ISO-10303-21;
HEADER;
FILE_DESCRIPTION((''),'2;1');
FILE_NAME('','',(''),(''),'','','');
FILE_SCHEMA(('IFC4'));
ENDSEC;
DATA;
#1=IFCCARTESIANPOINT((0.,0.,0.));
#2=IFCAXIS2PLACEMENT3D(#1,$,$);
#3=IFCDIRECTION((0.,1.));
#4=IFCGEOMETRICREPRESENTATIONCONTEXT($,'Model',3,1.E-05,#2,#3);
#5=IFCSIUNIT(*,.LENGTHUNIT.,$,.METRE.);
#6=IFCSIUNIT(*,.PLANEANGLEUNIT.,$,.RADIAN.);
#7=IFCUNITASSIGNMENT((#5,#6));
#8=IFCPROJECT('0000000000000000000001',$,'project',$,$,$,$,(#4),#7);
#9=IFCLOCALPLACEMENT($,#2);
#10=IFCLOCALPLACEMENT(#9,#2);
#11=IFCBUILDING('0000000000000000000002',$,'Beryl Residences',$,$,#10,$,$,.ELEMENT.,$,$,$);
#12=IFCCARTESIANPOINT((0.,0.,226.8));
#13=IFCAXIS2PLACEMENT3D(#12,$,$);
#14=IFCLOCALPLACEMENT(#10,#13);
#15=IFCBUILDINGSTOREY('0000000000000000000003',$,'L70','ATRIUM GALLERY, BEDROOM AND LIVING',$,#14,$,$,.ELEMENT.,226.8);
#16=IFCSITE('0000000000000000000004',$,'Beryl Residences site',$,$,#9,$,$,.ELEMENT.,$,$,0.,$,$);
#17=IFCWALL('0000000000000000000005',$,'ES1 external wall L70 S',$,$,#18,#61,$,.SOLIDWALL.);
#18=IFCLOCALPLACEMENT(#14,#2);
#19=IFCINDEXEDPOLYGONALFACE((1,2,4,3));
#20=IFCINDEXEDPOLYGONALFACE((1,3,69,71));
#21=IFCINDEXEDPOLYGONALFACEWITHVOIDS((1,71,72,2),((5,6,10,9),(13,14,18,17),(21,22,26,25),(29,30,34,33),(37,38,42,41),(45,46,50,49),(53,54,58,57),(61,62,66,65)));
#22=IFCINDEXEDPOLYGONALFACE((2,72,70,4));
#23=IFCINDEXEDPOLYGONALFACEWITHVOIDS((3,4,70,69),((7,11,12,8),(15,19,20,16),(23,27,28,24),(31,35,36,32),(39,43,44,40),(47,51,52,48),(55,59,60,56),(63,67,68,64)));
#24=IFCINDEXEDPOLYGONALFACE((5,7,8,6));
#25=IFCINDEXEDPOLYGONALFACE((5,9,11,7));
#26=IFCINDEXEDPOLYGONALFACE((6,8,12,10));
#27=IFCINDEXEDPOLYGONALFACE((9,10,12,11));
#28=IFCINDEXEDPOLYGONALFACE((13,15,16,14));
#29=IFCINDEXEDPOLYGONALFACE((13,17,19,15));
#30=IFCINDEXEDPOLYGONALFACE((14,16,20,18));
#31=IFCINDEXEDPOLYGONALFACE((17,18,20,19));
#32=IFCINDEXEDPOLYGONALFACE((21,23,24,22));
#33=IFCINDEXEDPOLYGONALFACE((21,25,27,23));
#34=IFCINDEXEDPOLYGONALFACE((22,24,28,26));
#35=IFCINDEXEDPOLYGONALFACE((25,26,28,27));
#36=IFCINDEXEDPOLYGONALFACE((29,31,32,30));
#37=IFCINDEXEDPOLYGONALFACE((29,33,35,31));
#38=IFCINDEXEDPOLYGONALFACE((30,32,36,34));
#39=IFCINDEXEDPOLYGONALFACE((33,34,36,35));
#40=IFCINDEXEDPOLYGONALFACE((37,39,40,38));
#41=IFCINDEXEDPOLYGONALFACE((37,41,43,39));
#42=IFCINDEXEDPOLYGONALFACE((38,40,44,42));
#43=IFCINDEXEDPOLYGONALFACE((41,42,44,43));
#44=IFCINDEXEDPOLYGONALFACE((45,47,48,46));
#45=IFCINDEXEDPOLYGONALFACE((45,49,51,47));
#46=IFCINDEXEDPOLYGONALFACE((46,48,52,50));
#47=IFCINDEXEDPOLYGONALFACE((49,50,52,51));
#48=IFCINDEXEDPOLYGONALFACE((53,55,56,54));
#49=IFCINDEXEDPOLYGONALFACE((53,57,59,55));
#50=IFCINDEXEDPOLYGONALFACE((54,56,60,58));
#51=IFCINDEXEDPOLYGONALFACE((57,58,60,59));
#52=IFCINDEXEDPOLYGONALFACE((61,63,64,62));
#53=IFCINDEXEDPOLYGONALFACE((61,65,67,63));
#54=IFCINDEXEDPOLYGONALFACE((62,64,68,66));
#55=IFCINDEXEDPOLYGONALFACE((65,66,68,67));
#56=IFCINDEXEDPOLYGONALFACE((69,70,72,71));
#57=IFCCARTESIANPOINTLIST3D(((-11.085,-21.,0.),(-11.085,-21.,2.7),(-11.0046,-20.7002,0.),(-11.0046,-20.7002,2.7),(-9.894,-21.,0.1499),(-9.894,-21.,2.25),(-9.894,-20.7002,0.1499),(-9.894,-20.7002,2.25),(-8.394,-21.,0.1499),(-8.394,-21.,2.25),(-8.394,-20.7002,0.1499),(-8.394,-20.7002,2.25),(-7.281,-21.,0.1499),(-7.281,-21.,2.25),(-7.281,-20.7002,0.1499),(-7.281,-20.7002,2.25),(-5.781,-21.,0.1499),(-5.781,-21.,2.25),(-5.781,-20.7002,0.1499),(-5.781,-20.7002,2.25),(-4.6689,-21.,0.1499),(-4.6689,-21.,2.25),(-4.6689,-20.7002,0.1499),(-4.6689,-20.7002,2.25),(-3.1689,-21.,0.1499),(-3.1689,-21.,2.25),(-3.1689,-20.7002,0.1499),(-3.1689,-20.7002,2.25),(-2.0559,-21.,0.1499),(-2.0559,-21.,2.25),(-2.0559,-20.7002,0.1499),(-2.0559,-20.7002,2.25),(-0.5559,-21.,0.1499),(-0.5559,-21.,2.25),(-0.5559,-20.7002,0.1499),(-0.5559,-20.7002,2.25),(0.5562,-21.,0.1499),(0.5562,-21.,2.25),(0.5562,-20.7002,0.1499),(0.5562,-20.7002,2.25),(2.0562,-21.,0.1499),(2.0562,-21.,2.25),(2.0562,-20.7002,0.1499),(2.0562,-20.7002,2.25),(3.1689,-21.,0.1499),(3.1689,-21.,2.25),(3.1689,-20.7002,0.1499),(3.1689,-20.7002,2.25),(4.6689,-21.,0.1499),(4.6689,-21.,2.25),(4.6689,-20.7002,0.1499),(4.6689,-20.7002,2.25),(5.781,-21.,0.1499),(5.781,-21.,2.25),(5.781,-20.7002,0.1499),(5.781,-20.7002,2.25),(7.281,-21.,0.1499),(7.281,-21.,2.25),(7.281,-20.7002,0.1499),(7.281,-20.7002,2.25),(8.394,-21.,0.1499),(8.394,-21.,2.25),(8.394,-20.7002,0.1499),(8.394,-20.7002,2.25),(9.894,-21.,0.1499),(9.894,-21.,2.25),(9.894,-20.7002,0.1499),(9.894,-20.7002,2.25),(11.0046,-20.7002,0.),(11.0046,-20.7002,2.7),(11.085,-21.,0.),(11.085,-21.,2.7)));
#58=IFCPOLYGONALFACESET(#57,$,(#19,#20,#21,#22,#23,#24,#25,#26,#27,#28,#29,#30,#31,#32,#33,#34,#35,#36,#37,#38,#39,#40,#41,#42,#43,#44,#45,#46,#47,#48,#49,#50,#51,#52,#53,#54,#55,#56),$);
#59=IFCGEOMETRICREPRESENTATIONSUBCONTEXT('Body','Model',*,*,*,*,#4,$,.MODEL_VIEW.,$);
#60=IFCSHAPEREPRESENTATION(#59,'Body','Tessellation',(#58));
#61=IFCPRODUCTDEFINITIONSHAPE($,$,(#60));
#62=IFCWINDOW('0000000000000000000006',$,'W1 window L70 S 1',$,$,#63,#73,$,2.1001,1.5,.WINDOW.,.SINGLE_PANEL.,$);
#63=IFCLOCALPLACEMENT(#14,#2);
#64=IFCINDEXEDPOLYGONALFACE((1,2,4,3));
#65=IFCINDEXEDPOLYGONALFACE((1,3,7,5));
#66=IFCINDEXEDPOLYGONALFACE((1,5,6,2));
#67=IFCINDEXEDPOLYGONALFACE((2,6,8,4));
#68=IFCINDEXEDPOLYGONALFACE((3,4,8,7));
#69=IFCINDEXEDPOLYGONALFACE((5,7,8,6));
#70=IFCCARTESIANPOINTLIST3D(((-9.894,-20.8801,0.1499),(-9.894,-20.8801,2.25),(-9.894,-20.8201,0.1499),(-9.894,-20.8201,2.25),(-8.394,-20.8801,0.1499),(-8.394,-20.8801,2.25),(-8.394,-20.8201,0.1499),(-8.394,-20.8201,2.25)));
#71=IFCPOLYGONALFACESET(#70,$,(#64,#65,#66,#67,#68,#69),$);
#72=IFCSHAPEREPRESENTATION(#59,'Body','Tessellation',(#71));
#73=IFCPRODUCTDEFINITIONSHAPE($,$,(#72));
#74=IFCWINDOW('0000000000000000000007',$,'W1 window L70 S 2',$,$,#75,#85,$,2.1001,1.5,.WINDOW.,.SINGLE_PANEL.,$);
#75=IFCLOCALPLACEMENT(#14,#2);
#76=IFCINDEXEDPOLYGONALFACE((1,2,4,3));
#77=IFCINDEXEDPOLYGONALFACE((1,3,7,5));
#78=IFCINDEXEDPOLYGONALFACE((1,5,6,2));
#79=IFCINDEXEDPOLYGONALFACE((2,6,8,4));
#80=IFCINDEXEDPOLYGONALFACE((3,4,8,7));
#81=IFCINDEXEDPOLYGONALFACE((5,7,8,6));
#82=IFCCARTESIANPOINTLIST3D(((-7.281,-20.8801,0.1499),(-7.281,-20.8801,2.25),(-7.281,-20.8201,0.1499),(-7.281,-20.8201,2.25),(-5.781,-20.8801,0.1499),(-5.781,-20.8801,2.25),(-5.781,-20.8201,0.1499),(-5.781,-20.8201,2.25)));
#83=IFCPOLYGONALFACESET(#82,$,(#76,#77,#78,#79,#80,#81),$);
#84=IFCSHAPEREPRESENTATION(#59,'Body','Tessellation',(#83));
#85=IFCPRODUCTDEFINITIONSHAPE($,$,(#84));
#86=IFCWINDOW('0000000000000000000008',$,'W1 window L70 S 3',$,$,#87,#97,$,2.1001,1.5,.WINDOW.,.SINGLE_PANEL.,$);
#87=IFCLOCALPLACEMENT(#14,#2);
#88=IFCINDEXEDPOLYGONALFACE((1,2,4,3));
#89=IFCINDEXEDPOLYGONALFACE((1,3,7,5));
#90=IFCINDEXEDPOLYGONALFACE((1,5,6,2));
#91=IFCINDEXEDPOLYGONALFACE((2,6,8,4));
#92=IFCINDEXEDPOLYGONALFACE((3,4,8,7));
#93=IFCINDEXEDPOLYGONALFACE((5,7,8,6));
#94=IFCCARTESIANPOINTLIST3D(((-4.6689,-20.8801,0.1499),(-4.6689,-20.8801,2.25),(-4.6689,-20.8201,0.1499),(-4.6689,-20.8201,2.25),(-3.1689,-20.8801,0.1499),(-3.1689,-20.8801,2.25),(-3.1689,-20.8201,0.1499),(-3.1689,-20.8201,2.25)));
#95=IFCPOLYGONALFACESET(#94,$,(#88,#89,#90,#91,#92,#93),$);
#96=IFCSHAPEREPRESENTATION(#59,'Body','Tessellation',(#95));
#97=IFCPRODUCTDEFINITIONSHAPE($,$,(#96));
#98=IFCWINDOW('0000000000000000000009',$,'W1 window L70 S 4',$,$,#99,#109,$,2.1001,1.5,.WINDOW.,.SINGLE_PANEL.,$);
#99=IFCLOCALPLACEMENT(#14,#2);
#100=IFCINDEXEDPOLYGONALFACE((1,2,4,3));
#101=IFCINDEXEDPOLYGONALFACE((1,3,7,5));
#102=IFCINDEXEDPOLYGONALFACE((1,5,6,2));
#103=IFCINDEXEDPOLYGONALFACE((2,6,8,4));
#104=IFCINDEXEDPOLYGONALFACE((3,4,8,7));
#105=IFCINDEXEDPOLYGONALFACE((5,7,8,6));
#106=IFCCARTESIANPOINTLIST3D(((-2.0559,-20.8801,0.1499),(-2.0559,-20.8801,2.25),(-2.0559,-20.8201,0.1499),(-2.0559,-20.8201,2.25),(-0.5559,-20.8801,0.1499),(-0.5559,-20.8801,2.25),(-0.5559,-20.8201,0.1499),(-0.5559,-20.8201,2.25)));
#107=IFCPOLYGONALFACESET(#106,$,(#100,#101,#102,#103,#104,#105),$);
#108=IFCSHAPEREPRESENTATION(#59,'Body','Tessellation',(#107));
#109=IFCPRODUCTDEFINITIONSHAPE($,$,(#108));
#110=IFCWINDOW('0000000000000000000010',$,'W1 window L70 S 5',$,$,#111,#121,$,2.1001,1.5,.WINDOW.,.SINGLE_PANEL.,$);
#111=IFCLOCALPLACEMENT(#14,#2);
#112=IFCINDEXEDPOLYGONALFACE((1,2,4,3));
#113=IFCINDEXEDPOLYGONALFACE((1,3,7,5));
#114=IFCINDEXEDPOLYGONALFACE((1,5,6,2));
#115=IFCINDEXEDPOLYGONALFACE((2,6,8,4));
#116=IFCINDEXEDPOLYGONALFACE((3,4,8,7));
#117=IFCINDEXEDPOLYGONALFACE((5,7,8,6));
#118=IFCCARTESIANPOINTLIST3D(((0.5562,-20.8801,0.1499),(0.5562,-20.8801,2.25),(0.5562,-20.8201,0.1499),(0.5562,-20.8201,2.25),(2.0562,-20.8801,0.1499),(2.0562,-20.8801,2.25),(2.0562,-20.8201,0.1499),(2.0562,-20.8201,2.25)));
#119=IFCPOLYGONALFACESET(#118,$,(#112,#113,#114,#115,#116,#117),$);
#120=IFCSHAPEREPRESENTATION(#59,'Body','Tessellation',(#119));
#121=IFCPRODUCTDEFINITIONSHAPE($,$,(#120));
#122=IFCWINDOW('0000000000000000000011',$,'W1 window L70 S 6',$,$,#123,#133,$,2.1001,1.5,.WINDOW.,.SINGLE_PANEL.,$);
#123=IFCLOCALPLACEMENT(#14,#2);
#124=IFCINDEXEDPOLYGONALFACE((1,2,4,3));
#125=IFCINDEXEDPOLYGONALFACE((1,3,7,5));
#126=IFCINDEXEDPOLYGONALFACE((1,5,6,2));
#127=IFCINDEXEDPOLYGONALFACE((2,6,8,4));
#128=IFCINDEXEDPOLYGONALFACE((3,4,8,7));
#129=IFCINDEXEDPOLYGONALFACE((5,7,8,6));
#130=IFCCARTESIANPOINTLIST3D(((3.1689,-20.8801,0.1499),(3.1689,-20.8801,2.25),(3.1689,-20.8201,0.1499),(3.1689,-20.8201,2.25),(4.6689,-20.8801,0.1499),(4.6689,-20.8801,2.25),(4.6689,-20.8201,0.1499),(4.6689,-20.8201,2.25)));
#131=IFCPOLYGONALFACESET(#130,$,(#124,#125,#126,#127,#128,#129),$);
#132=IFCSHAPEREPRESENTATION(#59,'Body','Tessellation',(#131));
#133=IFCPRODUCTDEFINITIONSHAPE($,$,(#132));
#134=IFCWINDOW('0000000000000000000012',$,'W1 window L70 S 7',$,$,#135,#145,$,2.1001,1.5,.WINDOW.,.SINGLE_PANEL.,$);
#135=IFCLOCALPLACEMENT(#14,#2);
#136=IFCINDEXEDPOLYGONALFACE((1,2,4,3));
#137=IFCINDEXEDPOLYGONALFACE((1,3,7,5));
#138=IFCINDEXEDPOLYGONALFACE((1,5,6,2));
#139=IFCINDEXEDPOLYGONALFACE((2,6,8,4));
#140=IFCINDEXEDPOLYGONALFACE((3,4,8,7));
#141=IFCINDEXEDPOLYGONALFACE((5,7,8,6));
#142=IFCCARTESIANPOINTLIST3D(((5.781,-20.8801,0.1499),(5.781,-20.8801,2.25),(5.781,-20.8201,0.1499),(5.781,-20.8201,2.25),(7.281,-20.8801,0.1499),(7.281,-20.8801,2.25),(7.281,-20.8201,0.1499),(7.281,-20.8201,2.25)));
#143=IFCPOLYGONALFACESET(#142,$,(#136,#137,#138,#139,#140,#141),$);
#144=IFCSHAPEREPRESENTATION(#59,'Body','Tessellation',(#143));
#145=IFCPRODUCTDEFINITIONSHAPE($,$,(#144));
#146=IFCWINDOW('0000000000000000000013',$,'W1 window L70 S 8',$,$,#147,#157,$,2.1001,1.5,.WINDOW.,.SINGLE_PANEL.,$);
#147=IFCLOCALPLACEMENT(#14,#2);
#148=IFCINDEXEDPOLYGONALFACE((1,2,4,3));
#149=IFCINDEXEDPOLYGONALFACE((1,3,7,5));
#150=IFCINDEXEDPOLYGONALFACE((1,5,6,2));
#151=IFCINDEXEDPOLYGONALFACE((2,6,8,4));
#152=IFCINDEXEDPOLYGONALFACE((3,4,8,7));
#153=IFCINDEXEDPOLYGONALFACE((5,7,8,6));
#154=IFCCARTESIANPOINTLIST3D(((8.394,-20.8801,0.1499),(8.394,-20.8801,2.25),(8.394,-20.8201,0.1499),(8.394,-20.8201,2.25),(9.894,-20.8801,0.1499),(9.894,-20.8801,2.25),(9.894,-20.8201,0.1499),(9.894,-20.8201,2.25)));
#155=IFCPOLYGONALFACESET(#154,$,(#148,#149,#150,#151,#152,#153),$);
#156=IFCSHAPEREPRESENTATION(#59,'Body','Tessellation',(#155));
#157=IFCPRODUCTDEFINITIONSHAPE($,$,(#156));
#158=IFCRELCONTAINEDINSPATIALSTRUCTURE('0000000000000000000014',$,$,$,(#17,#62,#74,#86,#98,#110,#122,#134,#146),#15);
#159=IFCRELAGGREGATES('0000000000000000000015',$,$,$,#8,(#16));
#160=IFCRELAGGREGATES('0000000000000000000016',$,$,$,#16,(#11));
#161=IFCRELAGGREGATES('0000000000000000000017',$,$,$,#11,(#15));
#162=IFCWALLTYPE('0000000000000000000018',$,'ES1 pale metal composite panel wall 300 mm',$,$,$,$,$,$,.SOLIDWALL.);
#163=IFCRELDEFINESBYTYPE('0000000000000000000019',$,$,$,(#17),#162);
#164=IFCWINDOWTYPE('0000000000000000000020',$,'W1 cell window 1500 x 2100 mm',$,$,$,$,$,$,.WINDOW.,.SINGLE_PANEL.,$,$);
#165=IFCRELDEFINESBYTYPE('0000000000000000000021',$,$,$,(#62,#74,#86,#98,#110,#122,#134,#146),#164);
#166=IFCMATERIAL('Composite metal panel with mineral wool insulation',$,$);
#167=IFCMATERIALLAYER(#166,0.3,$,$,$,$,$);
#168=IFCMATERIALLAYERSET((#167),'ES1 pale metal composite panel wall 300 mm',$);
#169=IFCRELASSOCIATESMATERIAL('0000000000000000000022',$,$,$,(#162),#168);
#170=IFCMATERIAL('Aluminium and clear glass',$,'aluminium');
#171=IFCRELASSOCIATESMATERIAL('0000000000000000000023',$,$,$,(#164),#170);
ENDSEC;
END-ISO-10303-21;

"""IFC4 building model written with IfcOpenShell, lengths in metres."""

from ifc_helpers import new_model, si_unit, direction, frame, frame_2d, origin, place, context, subcontext, project, spatial, polyline, rectangle, outline, extrude, material, layer, layer_set, type_object, element, fill, save


model = new_model("IFC4")

# Units and contexts
model_context = context("Model", 3, precision=1e-05, world=origin(), true_north=direction((0.0, 1.0)))
body_context = subcontext(model_context, "Body", "Model", "MODEL_VIEW")
ifc_project = project(units=[si_unit("LENGTHUNIT", "METRE"), si_unit("PLANEANGLEUNIT", "RADIAN")], contexts=[model_context])

# Site, building, storey
site_placement = place(None, origin())
site = spatial("IfcSite", under=ifc_project, at=site_placement, Name="Beryl Residences site", CompositionType="ELEMENT", RefElevation=0.0)
building_placement = place(site_placement, origin())
building = spatial("IfcBuilding", under=site, at=building_placement, Name="Beryl Residences", CompositionType="ELEMENT")
storey_placement = place(building_placement, frame((0.0, 0.0, 226.8)))
storey = spatial("IfcBuildingStorey", under=building, at=storey_placement, Name="L70", Description="ATRIUM GALLERY, BEDROOM AND LIVING", CompositionType="ELEMENT", Elevation=226.8)

# Wall, openings, windows
ifc_material_1 = material(Name="Composite metal panel with mineral wool insulation")
ifc_layer_1 = layer(ifc_material_1, 0.3)
ifc_layer_set_1 = layer_set([ifc_layer_1], Name="ES1 pale metal composite panel wall 300 mm")
wall_type_1 = type_object("IfcWallType", Name="ES1 pale metal composite panel wall 300 mm", PredefinedType="SOLIDWALL", material=ifc_layer_set_1)
wall_1_placement = place(storey_placement, frame((-11.085, -20.8501, 0.0), z_axis=(0.0, 0.0, 1.0), x_axis=(1.0, 0.0, 0.0)))
wall_1 = element("IfcWall", 1, at=wall_1_placement, inside=storey, type_object=wall_type_1, Name="ES1 external wall L70 S", PredefinedType="SOLIDWALL", context=body_context, shape_type="SweptSolid", body=[
    extrude(outline(polyline([(0.0, -0.1499), (22.1699, -0.1499), (22.0896, 0.1499), (0.0803, 0.1499), (0.0, -0.1499)])), origin(), (0.0, 0.0, 1.0), 2.7),
])
opening_1_placement = place(wall_1_placement, frame((1.1909, 0.0, 0.1499)))
opening_1 = element("IfcOpeningElement", 2, at=opening_1_placement, cuts=wall_1, PredefinedType="OPENING", context=body_context, shape_type="SweptSolid", body=[
    extrude(rectangle(XDim=1.5, YDim=2.1001, at=frame_2d((0.75, 1.05))), frame((0.0, 0.1599, 0.0), z_axis=(0.0, -1.0, 0.0), x_axis=(1.0, 0.0, 0.0)), (0.0, 0.0, 1.0), 0.3201),
])
opening_2_placement = place(wall_1_placement, frame((3.804, 0.0, 0.1499)))
opening_2 = element("IfcOpeningElement", 3, at=opening_2_placement, cuts=wall_1, PredefinedType="OPENING", context=body_context, shape_type="SweptSolid", body=[
    extrude(rectangle(XDim=1.5, YDim=2.1001, at=frame_2d((0.75, 1.05))), frame((0.0, 0.1599, 0.0), z_axis=(0.0, -1.0, 0.0), x_axis=(1.0, 0.0, 0.0)), (0.0, 0.0, 1.0), 0.3201),
])
opening_3_placement = place(wall_1_placement, frame((6.416, 0.0, 0.1499)))
opening_3 = element("IfcOpeningElement", 4, at=opening_3_placement, cuts=wall_1, PredefinedType="OPENING", context=body_context, shape_type="SweptSolid", body=[
    extrude(rectangle(XDim=1.5, YDim=2.1001, at=frame_2d((0.75, 1.05))), frame((0.0, 0.1599, 0.0), z_axis=(0.0, -1.0, 0.0), x_axis=(1.0, 0.0, 0.0)), (0.0, 0.0, 1.0), 0.3201),
])
opening_4_placement = place(wall_1_placement, frame((9.0291, 0.0, 0.1499)))
opening_4 = element("IfcOpeningElement", 5, at=opening_4_placement, cuts=wall_1, PredefinedType="OPENING", context=body_context, shape_type="SweptSolid", body=[
    extrude(rectangle(XDim=1.5, YDim=2.1001, at=frame_2d((0.75, 1.05))), frame((0.0, 0.1599, 0.0), z_axis=(0.0, -1.0, 0.0), x_axis=(1.0, 0.0, 0.0)), (0.0, 0.0, 1.0), 0.3201),
])
opening_5_placement = place(wall_1_placement, frame((11.6411, 0.0, 0.1499)))
opening_5 = element("IfcOpeningElement", 6, at=opening_5_placement, cuts=wall_1, PredefinedType="OPENING", context=body_context, shape_type="SweptSolid", body=[
    extrude(rectangle(XDim=1.5, YDim=2.1001, at=frame_2d((0.75, 1.05))), frame((0.0, 0.1599, 0.0), z_axis=(0.0, -1.0, 0.0), x_axis=(1.0, 0.0, 0.0)), (0.0, 0.0, 1.0), 0.3201),
])
opening_6_placement = place(wall_1_placement, frame((14.2539, 0.0, 0.1499)))
opening_6 = element("IfcOpeningElement", 7, at=opening_6_placement, cuts=wall_1, PredefinedType="OPENING", context=body_context, shape_type="SweptSolid", body=[
    extrude(rectangle(XDim=1.5, YDim=2.1001, at=frame_2d((0.75, 1.05))), frame((0.0, 0.1599, 0.0), z_axis=(0.0, -1.0, 0.0), x_axis=(1.0, 0.0, 0.0)), (0.0, 0.0, 1.0), 0.3201),
])
opening_7_placement = place(wall_1_placement, frame((16.866, 0.0, 0.1499)))
opening_7 = element("IfcOpeningElement", 8, at=opening_7_placement, cuts=wall_1, PredefinedType="OPENING", context=body_context, shape_type="SweptSolid", body=[
    extrude(rectangle(XDim=1.5, YDim=2.1001, at=frame_2d((0.75, 1.05))), frame((0.0, 0.1599, 0.0), z_axis=(0.0, -1.0, 0.0), x_axis=(1.0, 0.0, 0.0)), (0.0, 0.0, 1.0), 0.3201),
])
opening_8_placement = place(wall_1_placement, frame((19.479, 0.0, 0.1499)))
opening_8 = element("IfcOpeningElement", 9, at=opening_8_placement, cuts=wall_1, PredefinedType="OPENING", context=body_context, shape_type="SweptSolid", body=[
    extrude(rectangle(XDim=1.5, YDim=2.1001, at=frame_2d((0.75, 1.05))), frame((0.0, 0.1599, 0.0), z_axis=(0.0, -1.0, 0.0), x_axis=(1.0, 0.0, 0.0)), (0.0, 0.0, 1.0), 0.3201),
])
ifc_material_2 = material(Name="Aluminium and clear glass", Category="aluminium")
window_type = type_object("IfcWindowType", Name="W1 cell window 1500 x 2100 mm", PartitioningType="SINGLE_PANEL", PredefinedType="WINDOW", material=ifc_material_2)
window_1_placement = place(opening_1_placement, origin())
window_1 = element("IfcWindow", 10, at=window_1_placement, inside=storey, type_object=window_type, Name="W1 window L70 S 1", OverallHeight=2.1001, OverallWidth=1.5, PartitioningType="SINGLE_PANEL", PredefinedType="WINDOW", context=body_context, shape_type="SweptSolid", body=[
    extrude(rectangle(XDim=1.5, YDim=2.1001, at=frame_2d((0.75, 1.05))), frame((0.0, 0.03, 0.0), z_axis=(0.0, -1.0, 0.0), x_axis=(1.0, 0.0, 0.0)), (0.0, 0.0, 1.0), 0.0601),
])
fill(opening_1, window_1)
window_2_placement = place(opening_2_placement, origin())
window_2 = element("IfcWindow", 11, at=window_2_placement, inside=storey, type_object=window_type, Name="W1 window L70 S 2", OverallHeight=2.1001, OverallWidth=1.5, PartitioningType="SINGLE_PANEL", PredefinedType="WINDOW", context=body_context, shape_type="SweptSolid", body=[
    extrude(rectangle(XDim=1.5, YDim=2.1001, at=frame_2d((0.75, 1.05))), frame((0.0, 0.03, 0.0), z_axis=(0.0, -1.0, 0.0), x_axis=(1.0, 0.0, 0.0)), (0.0, 0.0, 1.0), 0.0601),
])
fill(opening_2, window_2)
window_3_placement = place(opening_3_placement, origin())
window_3 = element("IfcWindow", 12, at=window_3_placement, inside=storey, type_object=window_type, Name="W1 window L70 S 3", OverallHeight=2.1001, OverallWidth=1.5, PartitioningType="SINGLE_PANEL", PredefinedType="WINDOW", context=body_context, shape_type="SweptSolid", body=[
    extrude(rectangle(XDim=1.5, YDim=2.1001, at=frame_2d((0.75, 1.05))), frame((0.0, 0.03, 0.0), z_axis=(0.0, -1.0, 0.0), x_axis=(1.0, 0.0, 0.0)), (0.0, 0.0, 1.0), 0.0601),
])
fill(opening_3, window_3)
window_4_placement = place(opening_4_placement, origin())
window_4 = element("IfcWindow", 13, at=window_4_placement, inside=storey, type_object=window_type, Name="W1 window L70 S 4", OverallHeight=2.1001, OverallWidth=1.5, PartitioningType="SINGLE_PANEL", PredefinedType="WINDOW", context=body_context, shape_type="SweptSolid", body=[
    extrude(rectangle(XDim=1.5, YDim=2.1001, at=frame_2d((0.75, 1.05))), frame((0.0, 0.03, 0.0), z_axis=(0.0, -1.0, 0.0), x_axis=(1.0, 0.0, 0.0)), (0.0, 0.0, 1.0), 0.0601),
])
fill(opening_4, window_4)
window_5_placement = place(opening_5_placement, origin())
window_5 = element("IfcWindow", 14, at=window_5_placement, inside=storey, type_object=window_type, Name="W1 window L70 S 5", OverallHeight=2.1001, OverallWidth=1.5, PartitioningType="SINGLE_PANEL", PredefinedType="WINDOW", context=body_context, shape_type="SweptSolid", body=[
    extrude(rectangle(XDim=1.5, YDim=2.1001, at=frame_2d((0.75, 1.05))), frame((0.0, 0.03, 0.0), z_axis=(0.0, -1.0, 0.0), x_axis=(1.0, 0.0, 0.0)), (0.0, 0.0, 1.0), 0.0601),
])
fill(opening_5, window_5)
window_6_placement = place(opening_6_placement, origin())
window_6 = element("IfcWindow", 15, at=window_6_placement, inside=storey, type_object=window_type, Name="W1 window L70 S 6", OverallHeight=2.1001, OverallWidth=1.5, PartitioningType="SINGLE_PANEL", PredefinedType="WINDOW", context=body_context, shape_type="SweptSolid", body=[
    extrude(rectangle(XDim=1.5, YDim=2.1001, at=frame_2d((0.75, 1.05))), frame((0.0, 0.03, 0.0), z_axis=(0.0, -1.0, 0.0), x_axis=(1.0, 0.0, 0.0)), (0.0, 0.0, 1.0), 0.0601),
])
fill(opening_6, window_6)
window_7_placement = place(opening_7_placement, origin())
window_7 = element("IfcWindow", 16, at=window_7_placement, inside=storey, type_object=window_type, Name="W1 window L70 S 7", OverallHeight=2.1001, OverallWidth=1.5, PartitioningType="SINGLE_PANEL", PredefinedType="WINDOW", context=body_context, shape_type="SweptSolid", body=[
    extrude(rectangle(XDim=1.5, YDim=2.1001, at=frame_2d((0.75, 1.05))), frame((0.0, 0.03, 0.0), z_axis=(0.0, -1.0, 0.0), x_axis=(1.0, 0.0, 0.0)), (0.0, 0.0, 1.0), 0.0601),
])
fill(opening_7, window_7)
window_8_placement = place(opening_8_placement, origin())
window_8 = element("IfcWindow", 17, at=window_8_placement, inside=storey, type_object=window_type, Name="W1 window L70 S 8", OverallHeight=2.1001, OverallWidth=1.5, PartitioningType="SINGLE_PANEL", PredefinedType="WINDOW", context=body_context, shape_type="SweptSolid", body=[
    extrude(rectangle(XDim=1.5, YDim=2.1001, at=frame_2d((0.75, 1.05))), frame((0.0, 0.03, 0.0), z_axis=(0.0, -1.0, 0.0), x_axis=(1.0, 0.0, 0.0)), (0.0, 0.0, 1.0), 0.0601),
])
fill(opening_8, window_8)

save(model, "model.ifc")
